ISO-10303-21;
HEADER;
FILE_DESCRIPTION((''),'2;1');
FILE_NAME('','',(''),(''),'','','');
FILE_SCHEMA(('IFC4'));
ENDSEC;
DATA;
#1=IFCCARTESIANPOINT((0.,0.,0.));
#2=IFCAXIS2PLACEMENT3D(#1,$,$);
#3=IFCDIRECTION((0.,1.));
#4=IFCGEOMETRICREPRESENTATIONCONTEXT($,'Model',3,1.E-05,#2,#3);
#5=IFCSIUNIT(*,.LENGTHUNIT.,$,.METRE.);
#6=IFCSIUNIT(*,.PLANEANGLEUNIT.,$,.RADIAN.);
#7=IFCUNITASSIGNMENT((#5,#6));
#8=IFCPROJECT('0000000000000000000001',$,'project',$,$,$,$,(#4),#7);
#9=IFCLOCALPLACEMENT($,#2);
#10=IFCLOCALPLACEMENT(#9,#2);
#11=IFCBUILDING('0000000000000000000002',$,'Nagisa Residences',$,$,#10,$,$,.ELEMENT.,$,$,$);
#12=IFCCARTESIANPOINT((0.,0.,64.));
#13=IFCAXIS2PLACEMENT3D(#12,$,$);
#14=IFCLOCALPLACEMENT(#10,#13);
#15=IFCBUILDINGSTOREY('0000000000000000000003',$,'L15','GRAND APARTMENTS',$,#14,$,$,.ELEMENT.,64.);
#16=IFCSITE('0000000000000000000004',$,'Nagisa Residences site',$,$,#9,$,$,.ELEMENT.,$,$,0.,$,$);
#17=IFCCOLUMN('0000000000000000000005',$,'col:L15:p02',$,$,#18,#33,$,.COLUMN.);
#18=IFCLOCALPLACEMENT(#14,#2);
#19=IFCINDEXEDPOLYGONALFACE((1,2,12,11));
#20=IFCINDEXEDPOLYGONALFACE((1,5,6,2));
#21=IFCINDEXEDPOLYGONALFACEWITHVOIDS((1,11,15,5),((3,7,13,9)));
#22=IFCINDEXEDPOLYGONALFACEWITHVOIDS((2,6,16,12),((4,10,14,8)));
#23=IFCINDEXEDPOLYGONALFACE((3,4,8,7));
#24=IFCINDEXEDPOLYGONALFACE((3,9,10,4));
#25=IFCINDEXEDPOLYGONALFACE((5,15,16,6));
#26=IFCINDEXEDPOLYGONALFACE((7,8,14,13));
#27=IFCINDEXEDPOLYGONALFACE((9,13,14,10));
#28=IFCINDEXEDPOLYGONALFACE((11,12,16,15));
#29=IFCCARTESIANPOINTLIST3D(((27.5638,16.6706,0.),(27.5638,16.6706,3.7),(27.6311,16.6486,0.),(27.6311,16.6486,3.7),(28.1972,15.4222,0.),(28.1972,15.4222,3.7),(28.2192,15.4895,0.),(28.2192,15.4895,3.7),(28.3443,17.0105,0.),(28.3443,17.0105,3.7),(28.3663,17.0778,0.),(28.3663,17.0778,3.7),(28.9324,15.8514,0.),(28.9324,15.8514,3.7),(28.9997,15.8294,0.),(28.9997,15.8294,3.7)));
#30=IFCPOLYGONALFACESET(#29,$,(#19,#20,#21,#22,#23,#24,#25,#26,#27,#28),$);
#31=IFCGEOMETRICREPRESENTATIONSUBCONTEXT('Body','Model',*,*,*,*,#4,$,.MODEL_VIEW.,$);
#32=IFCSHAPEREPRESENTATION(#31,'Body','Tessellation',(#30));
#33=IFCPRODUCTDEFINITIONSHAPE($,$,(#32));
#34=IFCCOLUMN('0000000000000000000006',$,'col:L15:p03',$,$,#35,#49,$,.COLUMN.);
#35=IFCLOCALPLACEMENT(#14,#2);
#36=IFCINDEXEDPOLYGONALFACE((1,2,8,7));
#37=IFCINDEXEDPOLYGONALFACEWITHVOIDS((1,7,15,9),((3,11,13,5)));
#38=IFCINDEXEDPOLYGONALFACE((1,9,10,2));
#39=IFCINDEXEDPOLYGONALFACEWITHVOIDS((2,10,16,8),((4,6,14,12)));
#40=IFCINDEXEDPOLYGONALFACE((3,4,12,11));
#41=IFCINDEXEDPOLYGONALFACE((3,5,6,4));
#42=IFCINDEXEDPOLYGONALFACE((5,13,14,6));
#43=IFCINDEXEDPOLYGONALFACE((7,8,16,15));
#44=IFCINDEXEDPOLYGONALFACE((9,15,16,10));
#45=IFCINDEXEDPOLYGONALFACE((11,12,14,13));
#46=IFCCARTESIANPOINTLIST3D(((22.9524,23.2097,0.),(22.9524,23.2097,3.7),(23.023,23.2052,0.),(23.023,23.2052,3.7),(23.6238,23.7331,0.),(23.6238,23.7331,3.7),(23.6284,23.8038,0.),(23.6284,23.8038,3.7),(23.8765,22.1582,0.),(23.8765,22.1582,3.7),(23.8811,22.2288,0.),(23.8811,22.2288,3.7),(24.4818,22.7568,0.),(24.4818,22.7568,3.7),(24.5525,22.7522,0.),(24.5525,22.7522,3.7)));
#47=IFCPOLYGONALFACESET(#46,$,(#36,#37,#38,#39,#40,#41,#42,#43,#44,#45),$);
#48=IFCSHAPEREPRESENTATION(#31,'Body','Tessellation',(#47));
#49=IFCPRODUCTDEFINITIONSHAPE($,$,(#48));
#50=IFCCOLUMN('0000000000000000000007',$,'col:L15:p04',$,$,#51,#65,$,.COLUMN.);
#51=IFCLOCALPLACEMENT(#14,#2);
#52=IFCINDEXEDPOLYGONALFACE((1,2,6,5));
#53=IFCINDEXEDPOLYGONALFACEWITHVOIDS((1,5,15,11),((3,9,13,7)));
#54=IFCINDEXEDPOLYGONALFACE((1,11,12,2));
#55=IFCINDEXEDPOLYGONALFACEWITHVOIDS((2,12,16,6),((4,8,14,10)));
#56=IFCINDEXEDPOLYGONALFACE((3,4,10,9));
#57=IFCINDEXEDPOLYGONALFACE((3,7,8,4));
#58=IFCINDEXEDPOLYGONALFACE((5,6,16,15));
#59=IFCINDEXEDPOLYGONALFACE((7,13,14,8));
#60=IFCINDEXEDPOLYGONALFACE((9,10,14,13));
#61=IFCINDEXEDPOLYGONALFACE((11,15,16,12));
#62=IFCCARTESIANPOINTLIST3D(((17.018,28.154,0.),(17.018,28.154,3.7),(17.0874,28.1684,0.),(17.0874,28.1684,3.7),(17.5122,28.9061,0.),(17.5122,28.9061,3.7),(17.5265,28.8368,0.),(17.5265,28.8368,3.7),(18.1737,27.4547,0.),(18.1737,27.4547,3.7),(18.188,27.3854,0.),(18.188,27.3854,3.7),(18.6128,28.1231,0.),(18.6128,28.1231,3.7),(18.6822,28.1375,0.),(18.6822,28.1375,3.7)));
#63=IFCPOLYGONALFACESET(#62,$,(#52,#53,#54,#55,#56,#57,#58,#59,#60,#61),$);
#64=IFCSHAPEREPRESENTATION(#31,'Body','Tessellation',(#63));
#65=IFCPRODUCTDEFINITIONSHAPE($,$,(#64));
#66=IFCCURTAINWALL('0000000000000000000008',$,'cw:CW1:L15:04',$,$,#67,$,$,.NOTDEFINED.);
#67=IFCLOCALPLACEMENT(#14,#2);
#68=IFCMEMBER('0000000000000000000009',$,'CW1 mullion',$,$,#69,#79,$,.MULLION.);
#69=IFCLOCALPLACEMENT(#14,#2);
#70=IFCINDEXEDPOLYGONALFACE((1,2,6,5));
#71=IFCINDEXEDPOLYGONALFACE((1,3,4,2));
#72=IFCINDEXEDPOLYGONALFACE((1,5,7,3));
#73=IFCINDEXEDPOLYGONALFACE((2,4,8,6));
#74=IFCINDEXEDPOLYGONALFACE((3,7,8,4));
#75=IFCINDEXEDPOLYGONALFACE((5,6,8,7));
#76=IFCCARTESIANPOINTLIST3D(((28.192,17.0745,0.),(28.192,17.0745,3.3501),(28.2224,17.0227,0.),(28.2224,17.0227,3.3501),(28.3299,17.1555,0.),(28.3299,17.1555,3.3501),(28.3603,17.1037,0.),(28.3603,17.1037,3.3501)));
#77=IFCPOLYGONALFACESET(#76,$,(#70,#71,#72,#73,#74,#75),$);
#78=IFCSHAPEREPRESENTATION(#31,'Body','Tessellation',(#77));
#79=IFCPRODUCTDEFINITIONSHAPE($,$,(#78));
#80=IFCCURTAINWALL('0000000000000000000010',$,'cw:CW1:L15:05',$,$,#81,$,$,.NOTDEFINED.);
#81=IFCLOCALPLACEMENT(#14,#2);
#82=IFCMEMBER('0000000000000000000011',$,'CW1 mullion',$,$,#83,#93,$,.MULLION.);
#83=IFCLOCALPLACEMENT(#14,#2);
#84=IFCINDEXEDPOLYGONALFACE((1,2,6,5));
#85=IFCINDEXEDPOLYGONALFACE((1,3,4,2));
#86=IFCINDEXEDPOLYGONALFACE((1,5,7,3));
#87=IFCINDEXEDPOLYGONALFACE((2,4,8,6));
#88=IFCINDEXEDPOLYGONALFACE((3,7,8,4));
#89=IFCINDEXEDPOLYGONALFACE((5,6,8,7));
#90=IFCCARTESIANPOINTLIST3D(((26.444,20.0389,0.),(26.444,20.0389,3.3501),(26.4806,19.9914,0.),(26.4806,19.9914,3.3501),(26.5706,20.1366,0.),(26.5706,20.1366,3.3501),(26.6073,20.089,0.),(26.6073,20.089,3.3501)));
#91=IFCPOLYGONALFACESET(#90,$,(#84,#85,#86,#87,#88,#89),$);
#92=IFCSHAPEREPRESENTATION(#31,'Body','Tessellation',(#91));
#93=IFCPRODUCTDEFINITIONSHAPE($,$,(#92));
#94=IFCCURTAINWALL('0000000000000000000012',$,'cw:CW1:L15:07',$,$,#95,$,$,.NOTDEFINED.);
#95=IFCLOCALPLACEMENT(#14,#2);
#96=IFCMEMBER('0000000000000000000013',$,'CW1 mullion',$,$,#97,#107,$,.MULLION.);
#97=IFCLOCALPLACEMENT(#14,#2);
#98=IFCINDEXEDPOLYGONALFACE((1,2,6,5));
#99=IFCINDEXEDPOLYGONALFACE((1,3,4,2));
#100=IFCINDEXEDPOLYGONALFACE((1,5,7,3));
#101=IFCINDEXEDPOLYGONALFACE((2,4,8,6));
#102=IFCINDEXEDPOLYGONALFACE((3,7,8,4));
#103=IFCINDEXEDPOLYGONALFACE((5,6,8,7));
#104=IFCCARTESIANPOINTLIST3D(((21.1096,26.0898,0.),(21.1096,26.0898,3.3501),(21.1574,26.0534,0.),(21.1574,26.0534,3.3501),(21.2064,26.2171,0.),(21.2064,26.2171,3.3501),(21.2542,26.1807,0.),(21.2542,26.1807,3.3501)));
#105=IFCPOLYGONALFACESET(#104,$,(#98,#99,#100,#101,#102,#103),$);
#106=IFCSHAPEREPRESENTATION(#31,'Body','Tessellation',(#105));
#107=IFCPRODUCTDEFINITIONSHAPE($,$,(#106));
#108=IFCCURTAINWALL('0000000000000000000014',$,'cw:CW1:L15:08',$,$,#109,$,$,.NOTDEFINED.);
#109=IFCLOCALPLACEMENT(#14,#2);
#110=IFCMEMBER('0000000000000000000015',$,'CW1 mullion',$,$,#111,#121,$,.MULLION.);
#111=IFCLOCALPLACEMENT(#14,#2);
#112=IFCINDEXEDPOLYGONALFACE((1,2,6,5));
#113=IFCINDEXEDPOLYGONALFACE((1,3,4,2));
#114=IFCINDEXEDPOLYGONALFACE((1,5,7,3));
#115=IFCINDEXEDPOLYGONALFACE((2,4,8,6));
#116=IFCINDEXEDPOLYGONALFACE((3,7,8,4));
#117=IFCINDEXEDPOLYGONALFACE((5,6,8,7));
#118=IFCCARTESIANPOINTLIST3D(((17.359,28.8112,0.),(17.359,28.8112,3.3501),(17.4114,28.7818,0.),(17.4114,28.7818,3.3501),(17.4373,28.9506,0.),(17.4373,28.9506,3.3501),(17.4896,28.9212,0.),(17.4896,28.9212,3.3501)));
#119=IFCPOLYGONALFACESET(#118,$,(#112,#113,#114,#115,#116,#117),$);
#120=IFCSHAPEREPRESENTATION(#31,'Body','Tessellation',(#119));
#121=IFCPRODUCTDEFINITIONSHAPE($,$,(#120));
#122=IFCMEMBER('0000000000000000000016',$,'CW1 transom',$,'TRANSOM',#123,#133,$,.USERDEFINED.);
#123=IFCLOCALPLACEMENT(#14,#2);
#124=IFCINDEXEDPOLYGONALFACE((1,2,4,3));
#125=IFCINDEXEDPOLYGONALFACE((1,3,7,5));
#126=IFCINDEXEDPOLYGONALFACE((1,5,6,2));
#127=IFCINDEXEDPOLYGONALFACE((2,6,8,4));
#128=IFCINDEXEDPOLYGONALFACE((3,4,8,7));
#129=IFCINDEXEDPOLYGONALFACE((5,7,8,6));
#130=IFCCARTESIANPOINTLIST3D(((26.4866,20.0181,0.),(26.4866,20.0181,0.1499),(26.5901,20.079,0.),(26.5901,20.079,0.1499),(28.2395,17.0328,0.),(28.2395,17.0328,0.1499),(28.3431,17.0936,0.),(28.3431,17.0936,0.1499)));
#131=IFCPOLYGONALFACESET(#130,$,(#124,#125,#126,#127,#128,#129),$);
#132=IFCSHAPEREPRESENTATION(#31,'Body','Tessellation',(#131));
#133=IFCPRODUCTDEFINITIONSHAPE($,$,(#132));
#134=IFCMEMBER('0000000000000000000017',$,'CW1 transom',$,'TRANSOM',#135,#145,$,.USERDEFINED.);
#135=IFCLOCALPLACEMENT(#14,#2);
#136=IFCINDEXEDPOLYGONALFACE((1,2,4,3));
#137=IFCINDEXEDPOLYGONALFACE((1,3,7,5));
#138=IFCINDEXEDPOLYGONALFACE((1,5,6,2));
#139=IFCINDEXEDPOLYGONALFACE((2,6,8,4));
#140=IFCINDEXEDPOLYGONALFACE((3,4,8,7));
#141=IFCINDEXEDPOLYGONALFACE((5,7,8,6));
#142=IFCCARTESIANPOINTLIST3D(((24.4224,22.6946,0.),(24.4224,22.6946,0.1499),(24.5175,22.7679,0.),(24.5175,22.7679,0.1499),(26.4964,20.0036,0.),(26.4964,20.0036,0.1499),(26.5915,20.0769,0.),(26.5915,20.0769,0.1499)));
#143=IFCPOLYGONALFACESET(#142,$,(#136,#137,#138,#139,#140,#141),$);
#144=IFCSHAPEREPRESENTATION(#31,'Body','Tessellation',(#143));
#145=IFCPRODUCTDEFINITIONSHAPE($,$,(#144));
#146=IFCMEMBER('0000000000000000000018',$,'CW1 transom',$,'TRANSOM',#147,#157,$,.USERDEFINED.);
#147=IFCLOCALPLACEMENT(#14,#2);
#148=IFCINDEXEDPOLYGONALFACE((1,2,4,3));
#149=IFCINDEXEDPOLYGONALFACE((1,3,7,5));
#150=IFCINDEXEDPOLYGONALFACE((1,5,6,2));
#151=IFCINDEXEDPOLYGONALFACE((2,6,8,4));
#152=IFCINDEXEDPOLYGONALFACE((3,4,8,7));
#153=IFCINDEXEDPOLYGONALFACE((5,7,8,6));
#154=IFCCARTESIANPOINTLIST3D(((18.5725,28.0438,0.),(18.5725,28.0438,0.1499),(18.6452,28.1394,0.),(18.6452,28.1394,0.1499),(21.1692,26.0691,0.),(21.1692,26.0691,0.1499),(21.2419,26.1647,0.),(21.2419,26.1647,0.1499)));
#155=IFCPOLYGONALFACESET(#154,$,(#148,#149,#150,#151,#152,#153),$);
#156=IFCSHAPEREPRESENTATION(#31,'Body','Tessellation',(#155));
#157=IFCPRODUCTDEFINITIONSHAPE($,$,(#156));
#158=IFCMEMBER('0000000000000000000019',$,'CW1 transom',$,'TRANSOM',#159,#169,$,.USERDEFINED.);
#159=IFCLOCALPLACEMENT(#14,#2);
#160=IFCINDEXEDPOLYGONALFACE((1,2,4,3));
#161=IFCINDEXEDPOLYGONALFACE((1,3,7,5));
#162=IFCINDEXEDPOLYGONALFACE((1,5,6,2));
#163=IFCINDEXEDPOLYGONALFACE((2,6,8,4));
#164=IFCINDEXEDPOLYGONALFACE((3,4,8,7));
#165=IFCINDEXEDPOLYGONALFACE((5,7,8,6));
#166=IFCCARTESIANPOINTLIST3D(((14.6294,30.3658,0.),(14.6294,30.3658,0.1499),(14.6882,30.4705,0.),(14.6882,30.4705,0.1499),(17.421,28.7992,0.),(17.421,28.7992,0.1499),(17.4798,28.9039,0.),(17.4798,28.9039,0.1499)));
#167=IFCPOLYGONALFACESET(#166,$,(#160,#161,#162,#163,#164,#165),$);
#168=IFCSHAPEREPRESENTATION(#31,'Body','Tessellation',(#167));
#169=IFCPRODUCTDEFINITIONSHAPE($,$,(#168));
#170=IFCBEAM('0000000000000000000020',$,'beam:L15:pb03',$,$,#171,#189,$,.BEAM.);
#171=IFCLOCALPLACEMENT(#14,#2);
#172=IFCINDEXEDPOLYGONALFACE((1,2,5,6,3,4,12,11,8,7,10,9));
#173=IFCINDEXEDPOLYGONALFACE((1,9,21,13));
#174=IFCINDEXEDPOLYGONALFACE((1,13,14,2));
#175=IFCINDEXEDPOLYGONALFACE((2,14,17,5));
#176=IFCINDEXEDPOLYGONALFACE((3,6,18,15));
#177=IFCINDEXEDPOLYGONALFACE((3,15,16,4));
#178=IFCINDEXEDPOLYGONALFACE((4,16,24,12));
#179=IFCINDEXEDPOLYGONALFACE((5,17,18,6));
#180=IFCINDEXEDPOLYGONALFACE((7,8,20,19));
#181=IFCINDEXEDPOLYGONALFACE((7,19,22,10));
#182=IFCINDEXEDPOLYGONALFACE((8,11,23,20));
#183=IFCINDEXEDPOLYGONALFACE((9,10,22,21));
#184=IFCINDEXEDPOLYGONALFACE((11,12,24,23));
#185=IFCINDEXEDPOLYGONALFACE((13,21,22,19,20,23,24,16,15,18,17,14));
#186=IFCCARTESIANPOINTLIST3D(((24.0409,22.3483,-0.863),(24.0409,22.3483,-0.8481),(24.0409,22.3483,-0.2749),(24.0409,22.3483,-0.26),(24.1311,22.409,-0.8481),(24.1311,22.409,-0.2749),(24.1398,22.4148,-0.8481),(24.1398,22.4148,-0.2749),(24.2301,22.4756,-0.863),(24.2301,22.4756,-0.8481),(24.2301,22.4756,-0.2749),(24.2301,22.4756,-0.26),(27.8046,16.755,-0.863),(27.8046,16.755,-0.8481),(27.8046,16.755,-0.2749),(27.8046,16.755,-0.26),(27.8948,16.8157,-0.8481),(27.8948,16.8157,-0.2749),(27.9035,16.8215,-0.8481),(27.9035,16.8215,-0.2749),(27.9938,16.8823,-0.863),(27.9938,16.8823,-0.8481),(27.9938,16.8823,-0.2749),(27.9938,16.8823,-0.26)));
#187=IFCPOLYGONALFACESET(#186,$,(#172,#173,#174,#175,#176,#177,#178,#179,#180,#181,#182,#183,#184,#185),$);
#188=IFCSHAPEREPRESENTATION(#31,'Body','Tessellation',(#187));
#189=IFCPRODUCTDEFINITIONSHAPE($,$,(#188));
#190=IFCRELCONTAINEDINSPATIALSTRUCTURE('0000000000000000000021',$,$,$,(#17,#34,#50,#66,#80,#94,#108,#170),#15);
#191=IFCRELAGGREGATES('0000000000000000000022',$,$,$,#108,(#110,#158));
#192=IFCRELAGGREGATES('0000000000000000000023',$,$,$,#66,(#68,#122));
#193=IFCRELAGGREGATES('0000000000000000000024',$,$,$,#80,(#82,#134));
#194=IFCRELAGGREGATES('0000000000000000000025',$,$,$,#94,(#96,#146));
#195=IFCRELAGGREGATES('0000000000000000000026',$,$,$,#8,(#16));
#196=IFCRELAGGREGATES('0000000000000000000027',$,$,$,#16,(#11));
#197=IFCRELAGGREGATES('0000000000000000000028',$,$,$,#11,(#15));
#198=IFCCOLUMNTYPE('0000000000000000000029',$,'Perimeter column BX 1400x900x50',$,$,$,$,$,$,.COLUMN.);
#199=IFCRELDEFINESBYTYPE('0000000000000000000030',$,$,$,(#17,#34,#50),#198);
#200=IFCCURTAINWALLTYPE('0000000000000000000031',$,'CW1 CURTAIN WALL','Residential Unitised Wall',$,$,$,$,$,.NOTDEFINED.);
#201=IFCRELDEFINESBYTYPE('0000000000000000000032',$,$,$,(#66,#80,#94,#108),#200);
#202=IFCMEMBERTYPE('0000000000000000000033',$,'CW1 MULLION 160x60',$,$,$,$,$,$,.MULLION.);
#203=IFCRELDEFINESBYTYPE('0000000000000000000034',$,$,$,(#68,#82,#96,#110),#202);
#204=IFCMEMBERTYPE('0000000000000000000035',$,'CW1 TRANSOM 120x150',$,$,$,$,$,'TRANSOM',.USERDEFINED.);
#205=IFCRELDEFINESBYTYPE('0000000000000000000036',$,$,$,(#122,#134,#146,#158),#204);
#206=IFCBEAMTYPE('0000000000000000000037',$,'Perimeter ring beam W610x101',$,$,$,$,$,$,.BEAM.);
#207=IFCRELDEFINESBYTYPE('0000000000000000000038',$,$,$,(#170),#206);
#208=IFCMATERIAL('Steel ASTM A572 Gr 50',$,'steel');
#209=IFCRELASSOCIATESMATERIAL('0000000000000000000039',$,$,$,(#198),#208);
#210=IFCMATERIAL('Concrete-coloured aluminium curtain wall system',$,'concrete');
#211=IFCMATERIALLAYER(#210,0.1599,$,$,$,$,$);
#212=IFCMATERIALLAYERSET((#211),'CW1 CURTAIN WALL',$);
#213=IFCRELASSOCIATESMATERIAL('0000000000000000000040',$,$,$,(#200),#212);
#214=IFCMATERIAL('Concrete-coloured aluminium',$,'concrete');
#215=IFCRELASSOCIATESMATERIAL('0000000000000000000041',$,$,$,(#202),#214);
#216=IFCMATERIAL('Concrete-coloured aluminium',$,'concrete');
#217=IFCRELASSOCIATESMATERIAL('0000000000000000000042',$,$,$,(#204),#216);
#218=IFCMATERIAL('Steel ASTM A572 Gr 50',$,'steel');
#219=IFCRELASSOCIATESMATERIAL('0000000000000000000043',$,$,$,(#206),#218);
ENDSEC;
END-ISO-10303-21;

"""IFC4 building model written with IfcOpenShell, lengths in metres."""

from ifc_helpers import new_model, si_unit, direction, frame, origin, origin_2d, place, context, subcontext, project, spatial, rectangle, hollow_rectangle, i_section, extrude, material, layer, layer_set, material_profile, profile_set, type_object, element, aggregate, save


model = new_model("IFC4")

# Units and contexts
model_context = context("Model", 3, precision=1e-05, world=origin(), true_north=direction((0.0, 1.0)))
body_context = subcontext(model_context, "Body", "Model", "MODEL_VIEW")
ifc_project = project(units=[si_unit("LENGTHUNIT", "METRE"), si_unit("PLANEANGLEUNIT", "RADIAN")], contexts=[model_context])

# Site, building, storey
site_placement = place(None, origin())
site = spatial("IfcSite", under=ifc_project, at=site_placement, Name="Nagisa Residences site", CompositionType="ELEMENT", RefElevation=0.0)
building_placement = place(site_placement, origin())
building = spatial("IfcBuilding", under=site, at=building_placement, Name="Nagisa Residences", CompositionType="ELEMENT")
storey_placement = place(building_placement, frame((0.0, 0.0, 64.0)))
storey = spatial("IfcBuildingStorey", under=building, at=storey_placement, Name="L15", Description="GRAND APARTMENTS", CompositionType="ELEMENT", Elevation=64.0)

# Columns
ifc_material_1 = material(Name="Steel ASTM A572 Gr 50", Category="steel")
ifc_material_profile_1 = material_profile(ifc_material_1, hollow_rectangle(XDim=1.3999, YDim=0.8999, WallThickness=0.05, at=origin_2d()), Name="BX 1400x900x50")
ifc_profile_set_1 = profile_set([ifc_material_profile_1], Name="Steel ASTM A572 Gr 50")
column_type = type_object("IfcColumnType", Name="Perimeter column BX 1400x900x50", PredefinedType="COLUMN", material=ifc_profile_set_1)
for number, where, z_axis, x_axis, name in (
    (1, (28.2817, 16.25, 0.0), (0.0, 0.0, 1.0), (-0.452463, 0.891783, 0.0), "col:L15:p02"),
    (2, (23.7524, 22.981, 0.0), (0.0, 0.0, 1.0), (-0.660115, 0.751165, 0.0), "col:L15:p03"),
    (3, (17.8501, 28.1458, 0.0), (0.0, 0.0, 1.0), (-0.835766, 0.549086, 0.0), "col:L15:p04"),
):
    element("IfcColumn", number, at=place(storey_placement, frame(where, z_axis=z_axis, x_axis=x_axis)), inside=storey, type_object=column_type, Name=name, PredefinedType="COLUMN", context=body_context, shape_type="SweptSolid", body=[
        extrude(hollow_rectangle(XDim=1.3999, YDim=0.8999, WallThickness=0.05, at=origin_2d()), origin(), (0.0, 0.0, 1.0), 3.7),
    ])

# Curtain walls, members
ifc_material_2 = material(Name="Concrete-coloured aluminium curtain wall system", Category="concrete")
ifc_layer_1 = layer(ifc_material_2, 0.1599)
ifc_layer_set_1 = layer_set([ifc_layer_1], Name="CW1 CURTAIN WALL")
curtain_wall_type = type_object("IfcCurtainWallType", Name="CW1 CURTAIN WALL", Description="Residential Unitised Wall", PredefinedType="NOTDEFINED", material=ifc_layer_set_1)
curtain_wall_1_placement = place(storey_placement, origin())
curtain_wall_1 = element("IfcCurtainWall", 4, at=curtain_wall_1_placement, inside=storey, type_object=curtain_wall_type, Name="cw:CW1:L15:04", PredefinedType="NOTDEFINED")
ifc_material_3 = material(Name="Concrete-coloured aluminium", Category="concrete")
ifc_material_profile_2 = material_profile(ifc_material_3, rectangle(XDim=0.1599, YDim=0.0601, at=origin_2d()), Name="CW1 MULLION 160x60")
ifc_profile_set_2 = profile_set([ifc_material_profile_2], Name="Concrete-coloured aluminium")
member_type_1 = type_object("IfcMemberType", Name="CW1 MULLION 160x60", PredefinedType="MULLION", material=ifc_profile_set_2)
member_1_placement = place(storey_placement, frame((28.2761, 17.0891, 0.0), z_axis=(0.0, 0.0, 1.0), x_axis=(-0.862329, -0.506349, 0.0)))
member_1 = element("IfcMember", 5, at=member_1_placement, type_object=member_type_1, Name="CW1 mullion", PredefinedType="MULLION", context=body_context, shape_type="SweptSolid", body=[
    extrude(rectangle(XDim=0.1599, YDim=0.0601, at=origin_2d()), origin(), (0.0, 0.0, 1.0), 3.3501),
])
curtain_wall_2_placement = place(storey_placement, origin())
curtain_wall_2 = element("IfcCurtainWall", 6, at=curtain_wall_2_placement, inside=storey, type_object=curtain_wall_type, Name="cw:CW1:L15:05", PredefinedType="NOTDEFINED")
member_2_placement = place(storey_placement, frame((26.5256, 20.064, 0.0), z_axis=(0.0, 0.0, 1.0), x_axis=(-0.79207, -0.61043, 0.0)))
member_2 = element("IfcMember", 7, at=member_2_placement, type_object=member_type_1, Name="CW1 mullion", PredefinedType="MULLION", context=body_context, shape_type="SweptSolid", body=[
    extrude(rectangle(XDim=0.1599, YDim=0.0601, at=origin_2d()), origin(), (0.0, 0.0, 1.0), 3.3501),
])
curtain_wall_3_placement = place(storey_placement, origin())
curtain_wall_3 = element("IfcCurtainWall", 8, at=curtain_wall_3_placement, inside=storey, type_object=curtain_wall_type, Name="cw:CW1:L15:07", PredefinedType="NOTDEFINED")
member_3_placement = place(storey_placement, frame((21.1819, 26.1353, 0.0), z_axis=(0.0, 0.0, 1.0), x_axis=(-0.605255, -0.796031, 0.0)))
member_3 = element("IfcMember", 9, at=member_3_placement, type_object=member_type_1, Name="CW1 mullion", PredefinedType="MULLION", context=body_context, shape_type="SweptSolid", body=[
    extrude(rectangle(XDim=0.1599, YDim=0.0601, at=origin_2d()), origin(), (0.0, 0.0, 1.0), 3.3501),
])
curtain_wall_4_placement = place(storey_placement, origin())
curtain_wall_4 = element("IfcCurtainWall", 10, at=curtain_wall_4_placement, inside=storey, type_object=curtain_wall_type, Name="cw:CW1:L15:08", PredefinedType="NOTDEFINED")
member_4_placement = place(storey_placement, frame((17.4243, 28.8662, 0.0), z_axis=(0.0, 0.0, 1.0), x_axis=(-0.489377, -0.872072, 0.0)))
member_4 = element("IfcMember", 11, at=member_4_placement, type_object=member_type_1, Name="CW1 mullion", PredefinedType="MULLION", context=body_context, shape_type="SweptSolid", body=[
    extrude(rectangle(XDim=0.1599, YDim=0.0601, at=origin_2d()), origin(), (0.0, 0.0, 1.0), 3.3501),
])

# Members
ifc_material_4 = material(Name="Concrete-coloured aluminium", Category="concrete")
ifc_material_profile_3 = material_profile(ifc_material_4, rectangle(XDim=0.1201, YDim=0.1499, at=origin_2d()), Name="CW1 TRANSOM 120x150")
ifc_profile_set_3 = profile_set([ifc_material_profile_3], Name="Concrete-coloured aluminium")
member_type_2 = type_object("IfcMemberType", Name="CW1 TRANSOM 120x150", ElementType="TRANSOM", PredefinedType="USERDEFINED", material=ifc_profile_set_3)
member_5_placement = place(storey_placement, frame((28.2913, 17.0632, 0.075), z_axis=(-0.506342, 0.862333, 0.0), x_axis=(-0.862333, -0.506342, 0.0)))
member_5 = element("IfcMember", 12, at=member_5_placement, type_object=member_type_2, Name="CW1 transom", ObjectType="TRANSOM", PredefinedType="USERDEFINED", context=body_context, shape_type="SweptSolid", body=[
    extrude(rectangle(XDim=0.1201, YDim=0.1499, at=origin_2d()), origin(), (0.0, 0.0, 1.0), 3.4619),
])
member_6_placement = place(storey_placement, frame((26.5439, 20.0403, 0.075), z_axis=(-0.610457, 0.792049, 0.0), x_axis=(-0.792049, -0.610457, 0.0)))
member_6 = element("IfcMember", 13, at=member_6_placement, type_object=member_type_2, Name="CW1 transom", ObjectType="TRANSOM", PredefinedType="USERDEFINED", context=body_context, shape_type="SweptSolid", body=[
    extrude(rectangle(XDim=0.1201, YDim=0.1499, at=origin_2d()), origin(), (0.0, 0.0, 1.0), 3.3975),
])
member_7_placement = place(storey_placement, frame((21.2056, 26.1169, 0.075), z_axis=(-0.795995, 0.605303, 0.0), x_axis=(-0.605303, -0.795995, 0.0)))
member_7 = element("IfcMember", 14, at=member_7_placement, type_object=member_type_2, Name="CW1 transom", ObjectType="TRANSOM", PredefinedType="USERDEFINED", context=body_context, shape_type="SweptSolid", body=[
    extrude(rectangle(XDim=0.1201, YDim=0.1499, at=origin_2d()), origin(), (0.0, 0.0, 1.0), 3.2622),
])
member_8_placement = place(storey_placement, frame((17.4504, 28.8516, 0.075), z_axis=(-0.87207, 0.489381, 0.0), x_axis=(-0.489381, -0.87207, 0.0)))
member_8 = element("IfcMember", 15, at=member_8_placement, type_object=member_type_2, Name="CW1 transom", ObjectType="TRANSOM", PredefinedType="USERDEFINED", context=body_context, shape_type="SweptSolid", body=[
    extrude(rectangle(XDim=0.1201, YDim=0.1499, at=origin_2d()), origin(), (0.0, 0.0, 1.0), 3.2012),
])
aggregate(curtain_wall_4, [member_4, member_8])

# Beam
ifc_material_5 = material(Name="Steel ASTM A572 Gr 50", Category="steel")
ifc_material_profile_4 = material_profile(ifc_material_5, i_section(OverallWidth=0.228, OverallDepth=0.603, WebThickness=0.0105, FlangeThickness=0.0149, at=origin_2d()), Name="W610x101")
ifc_profile_set_4 = profile_set([ifc_material_profile_4], Name="Steel ASTM A572 Gr 50")
beam_type_1 = type_object("IfcBeamType", Name="Perimeter ring beam W610x101", PredefinedType="BEAM", material=ifc_profile_set_4)
beam_1_placement = place(storey_placement, frame((27.8992, 16.8186, -0.5615), z_axis=(-0.558272, 0.829658, 0.0), x_axis=(-0.829658, -0.558272, 0.0)))
element("IfcBeam", 16, at=beam_1_placement, inside=storey, type_object=beam_type_1, Name="beam:L15:pb03", PredefinedType="BEAM", context=body_context, shape_type="SweptSolid", body=[
    extrude(i_section(OverallWidth=0.228, OverallDepth=0.603, WebThickness=0.0105, FlangeThickness=0.0149, at=origin_2d()), origin(), (0.0, 0.0, 1.0), 6.7417),
])

aggregate(curtain_wall_1, [member_1, member_5])
aggregate(curtain_wall_2, [member_2, member_6])
aggregate(curtain_wall_3, [member_3, member_7])

save(model, "model.ifc")
